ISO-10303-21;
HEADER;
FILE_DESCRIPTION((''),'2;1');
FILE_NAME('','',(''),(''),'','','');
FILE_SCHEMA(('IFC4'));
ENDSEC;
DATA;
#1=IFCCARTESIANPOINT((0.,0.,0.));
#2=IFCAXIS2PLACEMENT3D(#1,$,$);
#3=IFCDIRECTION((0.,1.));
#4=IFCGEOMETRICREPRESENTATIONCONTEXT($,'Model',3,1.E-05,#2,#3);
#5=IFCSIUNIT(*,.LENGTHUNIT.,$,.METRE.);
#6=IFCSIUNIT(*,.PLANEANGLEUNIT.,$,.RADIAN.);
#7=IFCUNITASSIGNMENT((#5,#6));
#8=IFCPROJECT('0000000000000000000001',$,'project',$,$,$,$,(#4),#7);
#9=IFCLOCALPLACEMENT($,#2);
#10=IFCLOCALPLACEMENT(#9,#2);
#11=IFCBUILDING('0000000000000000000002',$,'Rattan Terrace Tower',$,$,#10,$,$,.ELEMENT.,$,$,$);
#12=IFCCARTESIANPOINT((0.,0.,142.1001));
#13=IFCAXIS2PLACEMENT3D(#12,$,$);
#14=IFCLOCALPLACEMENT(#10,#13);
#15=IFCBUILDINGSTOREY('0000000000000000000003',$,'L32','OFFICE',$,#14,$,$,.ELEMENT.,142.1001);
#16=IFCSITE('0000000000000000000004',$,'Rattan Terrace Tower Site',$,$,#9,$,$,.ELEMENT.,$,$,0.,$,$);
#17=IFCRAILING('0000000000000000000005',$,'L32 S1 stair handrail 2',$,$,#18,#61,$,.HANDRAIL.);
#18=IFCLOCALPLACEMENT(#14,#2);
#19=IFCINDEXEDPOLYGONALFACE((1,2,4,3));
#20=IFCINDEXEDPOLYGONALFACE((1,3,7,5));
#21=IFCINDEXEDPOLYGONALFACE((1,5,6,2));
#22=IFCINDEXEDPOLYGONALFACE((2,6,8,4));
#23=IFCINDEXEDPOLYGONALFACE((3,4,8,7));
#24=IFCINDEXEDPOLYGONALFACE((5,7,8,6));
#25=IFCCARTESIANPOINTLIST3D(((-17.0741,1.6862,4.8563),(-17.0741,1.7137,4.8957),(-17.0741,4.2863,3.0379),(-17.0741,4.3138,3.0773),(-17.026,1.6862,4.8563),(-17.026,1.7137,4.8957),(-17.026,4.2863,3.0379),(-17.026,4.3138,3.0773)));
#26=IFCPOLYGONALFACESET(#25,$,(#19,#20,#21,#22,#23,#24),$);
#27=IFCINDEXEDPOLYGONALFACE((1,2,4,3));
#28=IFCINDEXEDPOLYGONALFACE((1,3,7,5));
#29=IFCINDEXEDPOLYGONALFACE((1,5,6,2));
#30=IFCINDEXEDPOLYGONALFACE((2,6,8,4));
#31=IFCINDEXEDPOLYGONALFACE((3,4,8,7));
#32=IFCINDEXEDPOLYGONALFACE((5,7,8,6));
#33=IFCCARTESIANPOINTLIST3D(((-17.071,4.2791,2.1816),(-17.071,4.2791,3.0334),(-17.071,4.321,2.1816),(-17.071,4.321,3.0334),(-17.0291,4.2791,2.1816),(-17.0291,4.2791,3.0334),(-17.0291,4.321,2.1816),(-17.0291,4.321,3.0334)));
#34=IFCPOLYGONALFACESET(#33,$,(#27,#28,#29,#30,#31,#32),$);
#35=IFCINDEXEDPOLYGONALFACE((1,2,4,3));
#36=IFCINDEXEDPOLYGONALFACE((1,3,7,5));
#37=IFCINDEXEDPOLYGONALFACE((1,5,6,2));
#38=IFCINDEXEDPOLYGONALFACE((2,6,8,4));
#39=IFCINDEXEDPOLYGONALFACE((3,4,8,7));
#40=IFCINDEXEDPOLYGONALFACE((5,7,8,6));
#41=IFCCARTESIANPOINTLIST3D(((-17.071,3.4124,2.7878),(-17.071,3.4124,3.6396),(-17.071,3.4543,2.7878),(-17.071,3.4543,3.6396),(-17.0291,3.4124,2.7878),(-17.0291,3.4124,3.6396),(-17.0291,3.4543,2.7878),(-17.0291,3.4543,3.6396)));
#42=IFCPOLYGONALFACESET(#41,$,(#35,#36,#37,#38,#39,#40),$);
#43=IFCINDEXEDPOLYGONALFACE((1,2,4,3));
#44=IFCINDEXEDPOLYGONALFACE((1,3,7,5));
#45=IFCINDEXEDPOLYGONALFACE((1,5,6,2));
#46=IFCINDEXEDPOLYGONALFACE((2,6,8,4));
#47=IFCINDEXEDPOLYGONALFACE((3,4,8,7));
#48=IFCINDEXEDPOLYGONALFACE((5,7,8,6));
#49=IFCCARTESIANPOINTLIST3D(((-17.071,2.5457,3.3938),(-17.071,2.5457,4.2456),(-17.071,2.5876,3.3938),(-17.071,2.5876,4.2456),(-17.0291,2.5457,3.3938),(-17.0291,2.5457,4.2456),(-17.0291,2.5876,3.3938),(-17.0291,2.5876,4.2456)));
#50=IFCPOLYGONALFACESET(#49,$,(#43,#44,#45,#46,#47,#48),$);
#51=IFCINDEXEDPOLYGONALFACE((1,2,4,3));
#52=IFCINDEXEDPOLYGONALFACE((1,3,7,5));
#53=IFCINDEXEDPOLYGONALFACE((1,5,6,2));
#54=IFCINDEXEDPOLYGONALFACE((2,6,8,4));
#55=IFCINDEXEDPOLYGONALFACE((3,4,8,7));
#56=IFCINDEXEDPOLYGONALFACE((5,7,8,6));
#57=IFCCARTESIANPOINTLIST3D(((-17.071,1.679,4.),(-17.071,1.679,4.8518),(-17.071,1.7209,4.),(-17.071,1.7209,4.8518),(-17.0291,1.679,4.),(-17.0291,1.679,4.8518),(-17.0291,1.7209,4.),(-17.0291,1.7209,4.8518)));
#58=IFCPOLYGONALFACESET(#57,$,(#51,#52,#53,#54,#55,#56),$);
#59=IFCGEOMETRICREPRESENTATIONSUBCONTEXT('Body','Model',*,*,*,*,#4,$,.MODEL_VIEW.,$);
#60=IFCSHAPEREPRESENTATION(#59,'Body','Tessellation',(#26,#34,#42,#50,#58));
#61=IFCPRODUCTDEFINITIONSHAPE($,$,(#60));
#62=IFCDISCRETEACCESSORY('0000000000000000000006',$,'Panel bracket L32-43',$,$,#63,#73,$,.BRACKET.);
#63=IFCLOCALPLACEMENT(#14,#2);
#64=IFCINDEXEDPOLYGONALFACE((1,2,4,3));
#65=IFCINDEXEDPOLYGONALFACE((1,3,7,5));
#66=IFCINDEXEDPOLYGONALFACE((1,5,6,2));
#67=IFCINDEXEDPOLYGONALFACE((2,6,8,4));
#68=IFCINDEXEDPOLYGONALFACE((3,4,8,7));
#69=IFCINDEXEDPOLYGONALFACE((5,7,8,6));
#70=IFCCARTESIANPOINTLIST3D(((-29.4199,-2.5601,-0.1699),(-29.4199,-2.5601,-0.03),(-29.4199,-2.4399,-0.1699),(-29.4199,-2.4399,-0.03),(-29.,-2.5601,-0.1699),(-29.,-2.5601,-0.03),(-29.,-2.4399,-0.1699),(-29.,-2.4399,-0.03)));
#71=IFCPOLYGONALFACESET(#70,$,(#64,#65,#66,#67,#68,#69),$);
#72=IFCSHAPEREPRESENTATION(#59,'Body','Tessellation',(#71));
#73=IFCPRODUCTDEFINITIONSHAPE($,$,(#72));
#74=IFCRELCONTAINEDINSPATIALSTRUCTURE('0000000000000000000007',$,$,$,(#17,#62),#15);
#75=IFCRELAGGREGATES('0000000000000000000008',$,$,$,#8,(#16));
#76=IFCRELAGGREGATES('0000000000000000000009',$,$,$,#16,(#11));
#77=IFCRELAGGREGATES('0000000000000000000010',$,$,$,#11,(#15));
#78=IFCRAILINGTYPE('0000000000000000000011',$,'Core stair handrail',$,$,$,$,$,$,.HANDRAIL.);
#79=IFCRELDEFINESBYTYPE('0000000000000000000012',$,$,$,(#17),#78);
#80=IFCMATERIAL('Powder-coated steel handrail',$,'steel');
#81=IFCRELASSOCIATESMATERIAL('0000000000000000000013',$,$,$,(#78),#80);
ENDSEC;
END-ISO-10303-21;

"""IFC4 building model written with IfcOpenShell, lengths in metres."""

from ifc_helpers import new_model, si_unit, direction, frame, origin, origin_2d, place, context, subcontext, project, spatial, rectangle, extrude, material, type_object, element, save


model = new_model("IFC4")

# Units and contexts
model_context = context("Model", 3, precision=1e-05, world=origin(), true_north=direction((0.0, 1.0)))
body_context = subcontext(model_context, "Body", "Model", "MODEL_VIEW")
ifc_project = project(units=[si_unit("LENGTHUNIT", "METRE"), si_unit("PLANEANGLEUNIT", "RADIAN")], contexts=[model_context])

# Site, building, storey
site_placement = place(None, origin())
site = spatial("IfcSite", under=ifc_project, at=site_placement, Name="Rattan Terrace Tower Site", CompositionType="ELEMENT", RefElevation=0.0)
building_placement = place(site_placement, origin())
building = spatial("IfcBuilding", under=site, at=building_placement, Name="Rattan Terrace Tower", CompositionType="ELEMENT")
storey_placement = place(building_placement, frame((0.0, 0.0, 142.1001)))
storey = spatial("IfcBuildingStorey", under=building, at=storey_placement, Name="L32", Description="OFFICE", CompositionType="ELEMENT", Elevation=142.1001)

# Railing
ifc_material_1 = material(Name="Powder-coated steel handrail", Category="steel")
railing_type = type_object("IfcRailingType", Name="Core stair handrail", PredefinedType="HANDRAIL", material=ifc_material_1)
railing_placement = place(storey_placement, frame((-17.05, 4.3, 2.1816)))
element("IfcRailing", 1, at=railing_placement, inside=storey, type_object=railing_type, Name="L32 S1 stair handrail 2", PredefinedType="HANDRAIL", context=body_context, shape_type="SweptSolid", body=[
    extrude(rectangle(XDim=0.0481, YDim=0.0481, at=origin_2d()), frame((0.0, 0.0, 0.876), z_axis=(0.0, -0.819485, 0.573101), x_axis=(1.0, 0.0, 0.0)), (0.0, 0.0, 1.0), 3.1729),
    extrude(rectangle(XDim=0.042, YDim=0.042, at=origin_2d()), origin(), (0.0, 0.0, 1.0), 0.8518),
    extrude(rectangle(XDim=0.042, YDim=0.042, at=origin_2d()), frame((0.0, -0.8667, 0.6062)), (0.0, 0.0, 1.0), 0.8518),
    extrude(rectangle(XDim=0.042, YDim=0.042, at=origin_2d()), frame((0.0, -1.7334, 1.2122)), (0.0, 0.0, 1.0), 0.8518),
    extrude(rectangle(XDim=0.042, YDim=0.042, at=origin_2d()), frame((0.0, -2.6001, 1.8184)), (0.0, 0.0, 1.0), 0.8518),
])

# Discrete accessory
discrete_accessory_placement = place(storey_placement, frame((-29.21, -2.5, -0.1699), z_axis=(0.0, 0.0, 1.0), x_axis=(0.0, -1.0, 0.0)))
element("IfcDiscreteAccessory", 2, at=discrete_accessory_placement, inside=storey, Name="Panel bracket L32-43", PredefinedType="BRACKET", context=body_context, shape_type="SweptSolid", body=[
    extrude(rectangle(XDim=0.1201, YDim=0.4199, at=origin_2d()), origin(), (0.0, 0.0, 1.0), 0.1399),
])

save(model, "model.ifc")
